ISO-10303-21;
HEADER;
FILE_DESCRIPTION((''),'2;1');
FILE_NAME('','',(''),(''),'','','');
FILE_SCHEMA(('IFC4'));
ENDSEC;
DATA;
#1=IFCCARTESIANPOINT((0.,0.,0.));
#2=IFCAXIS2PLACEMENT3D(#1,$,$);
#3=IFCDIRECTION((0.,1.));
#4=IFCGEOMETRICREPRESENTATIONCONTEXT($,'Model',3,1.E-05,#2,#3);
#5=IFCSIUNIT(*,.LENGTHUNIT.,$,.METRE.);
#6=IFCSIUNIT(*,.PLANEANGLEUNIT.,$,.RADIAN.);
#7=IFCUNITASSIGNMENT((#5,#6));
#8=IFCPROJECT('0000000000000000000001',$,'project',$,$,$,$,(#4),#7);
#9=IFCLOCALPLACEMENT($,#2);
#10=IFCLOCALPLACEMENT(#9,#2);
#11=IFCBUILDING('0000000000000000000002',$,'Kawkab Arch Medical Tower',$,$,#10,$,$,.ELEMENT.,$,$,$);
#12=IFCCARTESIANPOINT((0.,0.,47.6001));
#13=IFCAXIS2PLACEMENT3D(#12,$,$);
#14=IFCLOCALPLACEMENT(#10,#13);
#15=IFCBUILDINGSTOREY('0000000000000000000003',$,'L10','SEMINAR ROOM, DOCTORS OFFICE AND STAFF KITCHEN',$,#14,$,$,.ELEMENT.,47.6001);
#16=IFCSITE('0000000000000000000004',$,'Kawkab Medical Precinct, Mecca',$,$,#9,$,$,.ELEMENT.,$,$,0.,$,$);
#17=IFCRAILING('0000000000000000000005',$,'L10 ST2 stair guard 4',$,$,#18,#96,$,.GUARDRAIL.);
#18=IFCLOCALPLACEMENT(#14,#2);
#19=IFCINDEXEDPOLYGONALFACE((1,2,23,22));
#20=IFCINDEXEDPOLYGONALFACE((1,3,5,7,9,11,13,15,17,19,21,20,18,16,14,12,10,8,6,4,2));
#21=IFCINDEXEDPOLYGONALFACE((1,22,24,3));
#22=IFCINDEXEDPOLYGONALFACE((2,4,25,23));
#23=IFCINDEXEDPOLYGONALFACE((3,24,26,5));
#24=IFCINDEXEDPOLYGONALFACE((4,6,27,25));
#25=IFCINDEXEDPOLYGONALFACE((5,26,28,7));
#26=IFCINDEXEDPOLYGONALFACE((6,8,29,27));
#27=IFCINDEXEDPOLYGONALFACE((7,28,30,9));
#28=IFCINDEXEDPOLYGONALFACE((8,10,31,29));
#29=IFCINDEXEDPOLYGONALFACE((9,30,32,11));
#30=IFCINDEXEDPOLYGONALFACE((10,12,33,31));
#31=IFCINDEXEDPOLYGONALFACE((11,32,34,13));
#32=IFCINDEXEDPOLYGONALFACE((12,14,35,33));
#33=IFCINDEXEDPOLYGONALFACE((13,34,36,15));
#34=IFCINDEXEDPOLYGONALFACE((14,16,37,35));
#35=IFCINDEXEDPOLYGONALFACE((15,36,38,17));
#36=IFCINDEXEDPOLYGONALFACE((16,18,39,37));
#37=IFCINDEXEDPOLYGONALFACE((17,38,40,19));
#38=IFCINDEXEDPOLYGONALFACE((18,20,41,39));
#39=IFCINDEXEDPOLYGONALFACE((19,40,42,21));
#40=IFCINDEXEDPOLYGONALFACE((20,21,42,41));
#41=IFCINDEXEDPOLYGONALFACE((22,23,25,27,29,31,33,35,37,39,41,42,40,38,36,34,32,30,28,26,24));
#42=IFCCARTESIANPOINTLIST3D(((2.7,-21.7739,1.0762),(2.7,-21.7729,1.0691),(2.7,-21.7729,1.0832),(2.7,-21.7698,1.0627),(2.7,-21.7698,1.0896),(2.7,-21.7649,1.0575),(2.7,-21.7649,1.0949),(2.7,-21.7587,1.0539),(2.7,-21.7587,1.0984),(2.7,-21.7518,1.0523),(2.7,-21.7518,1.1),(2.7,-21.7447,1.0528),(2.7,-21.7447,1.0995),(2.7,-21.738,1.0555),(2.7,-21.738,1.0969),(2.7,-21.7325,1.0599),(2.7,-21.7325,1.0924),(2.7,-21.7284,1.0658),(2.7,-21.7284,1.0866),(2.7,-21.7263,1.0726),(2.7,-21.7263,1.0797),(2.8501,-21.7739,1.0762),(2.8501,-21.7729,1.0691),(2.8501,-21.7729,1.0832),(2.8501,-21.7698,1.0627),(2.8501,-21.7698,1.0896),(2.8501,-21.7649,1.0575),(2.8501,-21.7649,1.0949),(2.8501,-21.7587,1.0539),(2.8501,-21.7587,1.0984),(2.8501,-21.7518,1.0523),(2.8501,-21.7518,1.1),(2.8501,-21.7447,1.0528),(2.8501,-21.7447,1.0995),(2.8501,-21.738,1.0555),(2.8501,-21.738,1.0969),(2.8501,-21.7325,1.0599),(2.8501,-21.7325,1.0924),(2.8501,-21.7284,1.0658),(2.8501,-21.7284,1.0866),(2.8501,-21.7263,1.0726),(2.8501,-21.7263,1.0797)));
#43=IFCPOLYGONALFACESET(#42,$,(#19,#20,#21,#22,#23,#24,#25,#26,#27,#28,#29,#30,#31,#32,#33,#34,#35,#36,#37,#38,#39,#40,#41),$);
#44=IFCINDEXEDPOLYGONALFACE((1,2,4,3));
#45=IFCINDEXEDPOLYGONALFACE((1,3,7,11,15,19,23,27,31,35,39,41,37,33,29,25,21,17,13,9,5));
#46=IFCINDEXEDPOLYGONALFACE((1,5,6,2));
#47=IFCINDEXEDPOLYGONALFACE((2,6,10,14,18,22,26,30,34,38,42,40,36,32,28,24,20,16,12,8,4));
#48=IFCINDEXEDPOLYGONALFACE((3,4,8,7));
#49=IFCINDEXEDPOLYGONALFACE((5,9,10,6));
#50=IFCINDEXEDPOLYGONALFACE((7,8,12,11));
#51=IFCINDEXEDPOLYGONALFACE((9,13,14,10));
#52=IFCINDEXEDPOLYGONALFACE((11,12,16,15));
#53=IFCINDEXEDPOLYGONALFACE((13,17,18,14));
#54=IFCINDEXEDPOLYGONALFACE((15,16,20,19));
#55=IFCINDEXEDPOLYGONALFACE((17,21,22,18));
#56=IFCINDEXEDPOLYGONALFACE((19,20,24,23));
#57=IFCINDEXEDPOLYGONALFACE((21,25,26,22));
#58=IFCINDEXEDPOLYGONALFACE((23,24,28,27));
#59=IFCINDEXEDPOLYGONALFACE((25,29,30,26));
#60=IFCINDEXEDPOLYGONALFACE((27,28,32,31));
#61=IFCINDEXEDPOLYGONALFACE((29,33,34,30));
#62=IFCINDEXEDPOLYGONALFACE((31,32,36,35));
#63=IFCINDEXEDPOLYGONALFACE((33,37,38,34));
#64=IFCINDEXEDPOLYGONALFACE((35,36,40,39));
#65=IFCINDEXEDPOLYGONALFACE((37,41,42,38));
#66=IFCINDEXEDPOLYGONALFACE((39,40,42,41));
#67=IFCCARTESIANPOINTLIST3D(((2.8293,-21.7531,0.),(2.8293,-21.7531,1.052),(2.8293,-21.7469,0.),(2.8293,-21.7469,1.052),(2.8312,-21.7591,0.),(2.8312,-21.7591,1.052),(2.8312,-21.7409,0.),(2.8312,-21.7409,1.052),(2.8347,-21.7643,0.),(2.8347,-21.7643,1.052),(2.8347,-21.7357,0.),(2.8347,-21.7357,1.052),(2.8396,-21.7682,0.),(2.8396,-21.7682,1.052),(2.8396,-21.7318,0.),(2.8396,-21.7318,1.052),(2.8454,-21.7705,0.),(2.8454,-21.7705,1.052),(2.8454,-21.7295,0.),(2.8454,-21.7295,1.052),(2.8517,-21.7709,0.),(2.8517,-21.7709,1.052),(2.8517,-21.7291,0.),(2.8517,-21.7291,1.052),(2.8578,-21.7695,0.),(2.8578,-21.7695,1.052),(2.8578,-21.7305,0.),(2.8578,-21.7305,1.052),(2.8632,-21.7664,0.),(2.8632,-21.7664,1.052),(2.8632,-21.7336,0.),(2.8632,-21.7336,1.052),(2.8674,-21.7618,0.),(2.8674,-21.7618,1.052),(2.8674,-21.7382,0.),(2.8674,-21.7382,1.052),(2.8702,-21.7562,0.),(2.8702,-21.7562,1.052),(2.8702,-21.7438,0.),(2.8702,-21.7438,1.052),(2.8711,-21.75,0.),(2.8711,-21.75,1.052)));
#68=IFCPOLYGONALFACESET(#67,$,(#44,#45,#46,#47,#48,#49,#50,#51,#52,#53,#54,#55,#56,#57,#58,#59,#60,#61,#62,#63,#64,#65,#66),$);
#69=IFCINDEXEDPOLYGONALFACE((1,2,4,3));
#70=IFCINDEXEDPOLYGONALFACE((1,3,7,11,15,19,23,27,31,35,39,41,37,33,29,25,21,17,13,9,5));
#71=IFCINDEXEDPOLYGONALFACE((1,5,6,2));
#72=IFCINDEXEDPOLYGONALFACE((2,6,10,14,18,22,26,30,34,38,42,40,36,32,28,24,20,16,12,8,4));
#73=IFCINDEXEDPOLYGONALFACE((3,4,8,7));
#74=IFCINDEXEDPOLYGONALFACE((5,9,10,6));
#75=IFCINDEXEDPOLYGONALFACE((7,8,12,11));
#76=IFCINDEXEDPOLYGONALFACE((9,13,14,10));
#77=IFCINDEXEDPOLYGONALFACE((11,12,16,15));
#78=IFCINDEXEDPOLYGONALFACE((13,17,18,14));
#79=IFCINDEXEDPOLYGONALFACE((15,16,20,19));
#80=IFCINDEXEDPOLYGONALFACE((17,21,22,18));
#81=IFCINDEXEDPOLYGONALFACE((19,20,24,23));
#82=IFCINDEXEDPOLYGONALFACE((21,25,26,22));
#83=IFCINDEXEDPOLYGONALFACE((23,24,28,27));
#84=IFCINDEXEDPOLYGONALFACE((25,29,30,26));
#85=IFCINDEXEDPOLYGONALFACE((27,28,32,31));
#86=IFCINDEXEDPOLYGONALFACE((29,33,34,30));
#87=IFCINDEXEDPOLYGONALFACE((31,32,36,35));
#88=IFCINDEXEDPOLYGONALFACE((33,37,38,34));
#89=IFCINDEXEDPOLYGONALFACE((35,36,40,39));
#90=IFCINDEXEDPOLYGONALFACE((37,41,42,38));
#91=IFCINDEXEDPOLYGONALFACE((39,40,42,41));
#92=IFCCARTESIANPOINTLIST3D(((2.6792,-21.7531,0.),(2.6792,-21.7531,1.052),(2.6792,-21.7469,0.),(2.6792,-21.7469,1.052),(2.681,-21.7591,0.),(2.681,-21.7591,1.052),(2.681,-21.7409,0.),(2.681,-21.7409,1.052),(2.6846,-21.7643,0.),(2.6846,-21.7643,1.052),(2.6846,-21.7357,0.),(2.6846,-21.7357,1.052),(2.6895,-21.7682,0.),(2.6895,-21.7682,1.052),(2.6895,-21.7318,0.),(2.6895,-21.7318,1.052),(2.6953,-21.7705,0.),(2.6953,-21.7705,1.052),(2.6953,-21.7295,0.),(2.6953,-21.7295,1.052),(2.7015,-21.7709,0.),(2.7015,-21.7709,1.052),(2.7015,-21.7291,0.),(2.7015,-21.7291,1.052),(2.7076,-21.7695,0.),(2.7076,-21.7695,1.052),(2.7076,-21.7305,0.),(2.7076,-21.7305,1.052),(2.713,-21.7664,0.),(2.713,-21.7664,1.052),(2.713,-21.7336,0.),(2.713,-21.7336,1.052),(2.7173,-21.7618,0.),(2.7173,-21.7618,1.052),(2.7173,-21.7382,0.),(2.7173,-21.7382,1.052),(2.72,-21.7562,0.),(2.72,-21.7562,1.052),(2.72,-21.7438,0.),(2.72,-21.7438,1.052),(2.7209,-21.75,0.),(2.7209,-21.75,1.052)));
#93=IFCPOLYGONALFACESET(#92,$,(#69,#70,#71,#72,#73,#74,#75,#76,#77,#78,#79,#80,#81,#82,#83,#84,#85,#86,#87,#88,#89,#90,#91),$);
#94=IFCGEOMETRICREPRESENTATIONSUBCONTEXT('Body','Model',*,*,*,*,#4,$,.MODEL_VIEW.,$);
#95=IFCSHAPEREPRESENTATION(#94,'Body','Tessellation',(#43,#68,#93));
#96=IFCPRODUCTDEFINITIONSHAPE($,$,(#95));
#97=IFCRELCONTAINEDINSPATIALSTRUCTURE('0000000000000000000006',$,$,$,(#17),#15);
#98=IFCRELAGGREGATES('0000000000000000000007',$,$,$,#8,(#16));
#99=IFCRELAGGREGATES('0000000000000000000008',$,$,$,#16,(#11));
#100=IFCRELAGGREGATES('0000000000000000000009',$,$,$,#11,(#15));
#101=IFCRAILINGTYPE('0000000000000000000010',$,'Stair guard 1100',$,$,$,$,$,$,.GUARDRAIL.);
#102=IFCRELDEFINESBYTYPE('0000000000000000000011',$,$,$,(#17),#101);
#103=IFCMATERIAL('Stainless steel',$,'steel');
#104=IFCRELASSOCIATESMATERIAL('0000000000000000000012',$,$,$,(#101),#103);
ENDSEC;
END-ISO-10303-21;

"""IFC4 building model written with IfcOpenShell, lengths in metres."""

from ifc_helpers import new_model, si_unit, direction, frame, origin, origin_2d, place, context, subcontext, project, spatial, circle, extrude, material, type_object, element, save


model = new_model("IFC4")

# Units and contexts
model_context = context("Model", 3, precision=1e-05, world=origin(), true_north=direction((0.0, 1.0)))
body_context = subcontext(model_context, "Body", "Model", "MODEL_VIEW")
ifc_project = project(units=[si_unit("LENGTHUNIT", "METRE"), si_unit("PLANEANGLEUNIT", "RADIAN")], contexts=[model_context])

# Site, building, storey
site_placement = place(None, origin())
site = spatial("IfcSite", under=ifc_project, at=site_placement, Name="Kawkab Medical Precinct, Mecca", CompositionType="ELEMENT", RefElevation=0.0)
building_placement = place(site_placement, origin())
building = spatial("IfcBuilding", under=site, at=building_placement, Name="Kawkab Arch Medical Tower", CompositionType="ELEMENT")
storey_placement = place(building_placement, frame((0.0, 0.0, 47.6001)))
storey = spatial("IfcBuildingStorey", under=building, at=storey_placement, Name="L10", Description="SEMINAR ROOM, DOCTORS OFFICE AND STAFF KITCHEN", CompositionType="ELEMENT", Elevation=47.6001)

# Railing
ifc_material_1 = material(Name="Stainless steel", Category="steel")
railing_type = type_object("IfcRailingType", Name="Stair guard 1100", PredefinedType="GUARDRAIL", material=ifc_material_1)
railing_1_placement = place(storey_placement, frame((2.8501, -21.75, 0.0)))
element("IfcRailing", 1, at=railing_1_placement, inside=storey, type_object=railing_type, Name="L10 ST2 stair guard 4", PredefinedType="GUARDRAIL", context=body_context, shape_type="SweptSolid", body=[
    extrude(circle(Radius=0.0239, at=origin_2d()), frame((0.0, 0.0, 1.0762), z_axis=(-1.0, 0.0, 0.0), x_axis=(0.0, -1.0, 0.0)), (0.0, 0.0, 1.0), 0.1501),
    extrude(circle(Radius=0.021, at=origin_2d()), origin(), (0.0, 0.0, 1.0), 1.052),
    extrude(circle(Radius=0.021, at=origin_2d()), frame((-0.1501, 0.0, 0.0)), (0.0, 0.0, 1.0), 1.052),
])

save(model, "model.ifc")
